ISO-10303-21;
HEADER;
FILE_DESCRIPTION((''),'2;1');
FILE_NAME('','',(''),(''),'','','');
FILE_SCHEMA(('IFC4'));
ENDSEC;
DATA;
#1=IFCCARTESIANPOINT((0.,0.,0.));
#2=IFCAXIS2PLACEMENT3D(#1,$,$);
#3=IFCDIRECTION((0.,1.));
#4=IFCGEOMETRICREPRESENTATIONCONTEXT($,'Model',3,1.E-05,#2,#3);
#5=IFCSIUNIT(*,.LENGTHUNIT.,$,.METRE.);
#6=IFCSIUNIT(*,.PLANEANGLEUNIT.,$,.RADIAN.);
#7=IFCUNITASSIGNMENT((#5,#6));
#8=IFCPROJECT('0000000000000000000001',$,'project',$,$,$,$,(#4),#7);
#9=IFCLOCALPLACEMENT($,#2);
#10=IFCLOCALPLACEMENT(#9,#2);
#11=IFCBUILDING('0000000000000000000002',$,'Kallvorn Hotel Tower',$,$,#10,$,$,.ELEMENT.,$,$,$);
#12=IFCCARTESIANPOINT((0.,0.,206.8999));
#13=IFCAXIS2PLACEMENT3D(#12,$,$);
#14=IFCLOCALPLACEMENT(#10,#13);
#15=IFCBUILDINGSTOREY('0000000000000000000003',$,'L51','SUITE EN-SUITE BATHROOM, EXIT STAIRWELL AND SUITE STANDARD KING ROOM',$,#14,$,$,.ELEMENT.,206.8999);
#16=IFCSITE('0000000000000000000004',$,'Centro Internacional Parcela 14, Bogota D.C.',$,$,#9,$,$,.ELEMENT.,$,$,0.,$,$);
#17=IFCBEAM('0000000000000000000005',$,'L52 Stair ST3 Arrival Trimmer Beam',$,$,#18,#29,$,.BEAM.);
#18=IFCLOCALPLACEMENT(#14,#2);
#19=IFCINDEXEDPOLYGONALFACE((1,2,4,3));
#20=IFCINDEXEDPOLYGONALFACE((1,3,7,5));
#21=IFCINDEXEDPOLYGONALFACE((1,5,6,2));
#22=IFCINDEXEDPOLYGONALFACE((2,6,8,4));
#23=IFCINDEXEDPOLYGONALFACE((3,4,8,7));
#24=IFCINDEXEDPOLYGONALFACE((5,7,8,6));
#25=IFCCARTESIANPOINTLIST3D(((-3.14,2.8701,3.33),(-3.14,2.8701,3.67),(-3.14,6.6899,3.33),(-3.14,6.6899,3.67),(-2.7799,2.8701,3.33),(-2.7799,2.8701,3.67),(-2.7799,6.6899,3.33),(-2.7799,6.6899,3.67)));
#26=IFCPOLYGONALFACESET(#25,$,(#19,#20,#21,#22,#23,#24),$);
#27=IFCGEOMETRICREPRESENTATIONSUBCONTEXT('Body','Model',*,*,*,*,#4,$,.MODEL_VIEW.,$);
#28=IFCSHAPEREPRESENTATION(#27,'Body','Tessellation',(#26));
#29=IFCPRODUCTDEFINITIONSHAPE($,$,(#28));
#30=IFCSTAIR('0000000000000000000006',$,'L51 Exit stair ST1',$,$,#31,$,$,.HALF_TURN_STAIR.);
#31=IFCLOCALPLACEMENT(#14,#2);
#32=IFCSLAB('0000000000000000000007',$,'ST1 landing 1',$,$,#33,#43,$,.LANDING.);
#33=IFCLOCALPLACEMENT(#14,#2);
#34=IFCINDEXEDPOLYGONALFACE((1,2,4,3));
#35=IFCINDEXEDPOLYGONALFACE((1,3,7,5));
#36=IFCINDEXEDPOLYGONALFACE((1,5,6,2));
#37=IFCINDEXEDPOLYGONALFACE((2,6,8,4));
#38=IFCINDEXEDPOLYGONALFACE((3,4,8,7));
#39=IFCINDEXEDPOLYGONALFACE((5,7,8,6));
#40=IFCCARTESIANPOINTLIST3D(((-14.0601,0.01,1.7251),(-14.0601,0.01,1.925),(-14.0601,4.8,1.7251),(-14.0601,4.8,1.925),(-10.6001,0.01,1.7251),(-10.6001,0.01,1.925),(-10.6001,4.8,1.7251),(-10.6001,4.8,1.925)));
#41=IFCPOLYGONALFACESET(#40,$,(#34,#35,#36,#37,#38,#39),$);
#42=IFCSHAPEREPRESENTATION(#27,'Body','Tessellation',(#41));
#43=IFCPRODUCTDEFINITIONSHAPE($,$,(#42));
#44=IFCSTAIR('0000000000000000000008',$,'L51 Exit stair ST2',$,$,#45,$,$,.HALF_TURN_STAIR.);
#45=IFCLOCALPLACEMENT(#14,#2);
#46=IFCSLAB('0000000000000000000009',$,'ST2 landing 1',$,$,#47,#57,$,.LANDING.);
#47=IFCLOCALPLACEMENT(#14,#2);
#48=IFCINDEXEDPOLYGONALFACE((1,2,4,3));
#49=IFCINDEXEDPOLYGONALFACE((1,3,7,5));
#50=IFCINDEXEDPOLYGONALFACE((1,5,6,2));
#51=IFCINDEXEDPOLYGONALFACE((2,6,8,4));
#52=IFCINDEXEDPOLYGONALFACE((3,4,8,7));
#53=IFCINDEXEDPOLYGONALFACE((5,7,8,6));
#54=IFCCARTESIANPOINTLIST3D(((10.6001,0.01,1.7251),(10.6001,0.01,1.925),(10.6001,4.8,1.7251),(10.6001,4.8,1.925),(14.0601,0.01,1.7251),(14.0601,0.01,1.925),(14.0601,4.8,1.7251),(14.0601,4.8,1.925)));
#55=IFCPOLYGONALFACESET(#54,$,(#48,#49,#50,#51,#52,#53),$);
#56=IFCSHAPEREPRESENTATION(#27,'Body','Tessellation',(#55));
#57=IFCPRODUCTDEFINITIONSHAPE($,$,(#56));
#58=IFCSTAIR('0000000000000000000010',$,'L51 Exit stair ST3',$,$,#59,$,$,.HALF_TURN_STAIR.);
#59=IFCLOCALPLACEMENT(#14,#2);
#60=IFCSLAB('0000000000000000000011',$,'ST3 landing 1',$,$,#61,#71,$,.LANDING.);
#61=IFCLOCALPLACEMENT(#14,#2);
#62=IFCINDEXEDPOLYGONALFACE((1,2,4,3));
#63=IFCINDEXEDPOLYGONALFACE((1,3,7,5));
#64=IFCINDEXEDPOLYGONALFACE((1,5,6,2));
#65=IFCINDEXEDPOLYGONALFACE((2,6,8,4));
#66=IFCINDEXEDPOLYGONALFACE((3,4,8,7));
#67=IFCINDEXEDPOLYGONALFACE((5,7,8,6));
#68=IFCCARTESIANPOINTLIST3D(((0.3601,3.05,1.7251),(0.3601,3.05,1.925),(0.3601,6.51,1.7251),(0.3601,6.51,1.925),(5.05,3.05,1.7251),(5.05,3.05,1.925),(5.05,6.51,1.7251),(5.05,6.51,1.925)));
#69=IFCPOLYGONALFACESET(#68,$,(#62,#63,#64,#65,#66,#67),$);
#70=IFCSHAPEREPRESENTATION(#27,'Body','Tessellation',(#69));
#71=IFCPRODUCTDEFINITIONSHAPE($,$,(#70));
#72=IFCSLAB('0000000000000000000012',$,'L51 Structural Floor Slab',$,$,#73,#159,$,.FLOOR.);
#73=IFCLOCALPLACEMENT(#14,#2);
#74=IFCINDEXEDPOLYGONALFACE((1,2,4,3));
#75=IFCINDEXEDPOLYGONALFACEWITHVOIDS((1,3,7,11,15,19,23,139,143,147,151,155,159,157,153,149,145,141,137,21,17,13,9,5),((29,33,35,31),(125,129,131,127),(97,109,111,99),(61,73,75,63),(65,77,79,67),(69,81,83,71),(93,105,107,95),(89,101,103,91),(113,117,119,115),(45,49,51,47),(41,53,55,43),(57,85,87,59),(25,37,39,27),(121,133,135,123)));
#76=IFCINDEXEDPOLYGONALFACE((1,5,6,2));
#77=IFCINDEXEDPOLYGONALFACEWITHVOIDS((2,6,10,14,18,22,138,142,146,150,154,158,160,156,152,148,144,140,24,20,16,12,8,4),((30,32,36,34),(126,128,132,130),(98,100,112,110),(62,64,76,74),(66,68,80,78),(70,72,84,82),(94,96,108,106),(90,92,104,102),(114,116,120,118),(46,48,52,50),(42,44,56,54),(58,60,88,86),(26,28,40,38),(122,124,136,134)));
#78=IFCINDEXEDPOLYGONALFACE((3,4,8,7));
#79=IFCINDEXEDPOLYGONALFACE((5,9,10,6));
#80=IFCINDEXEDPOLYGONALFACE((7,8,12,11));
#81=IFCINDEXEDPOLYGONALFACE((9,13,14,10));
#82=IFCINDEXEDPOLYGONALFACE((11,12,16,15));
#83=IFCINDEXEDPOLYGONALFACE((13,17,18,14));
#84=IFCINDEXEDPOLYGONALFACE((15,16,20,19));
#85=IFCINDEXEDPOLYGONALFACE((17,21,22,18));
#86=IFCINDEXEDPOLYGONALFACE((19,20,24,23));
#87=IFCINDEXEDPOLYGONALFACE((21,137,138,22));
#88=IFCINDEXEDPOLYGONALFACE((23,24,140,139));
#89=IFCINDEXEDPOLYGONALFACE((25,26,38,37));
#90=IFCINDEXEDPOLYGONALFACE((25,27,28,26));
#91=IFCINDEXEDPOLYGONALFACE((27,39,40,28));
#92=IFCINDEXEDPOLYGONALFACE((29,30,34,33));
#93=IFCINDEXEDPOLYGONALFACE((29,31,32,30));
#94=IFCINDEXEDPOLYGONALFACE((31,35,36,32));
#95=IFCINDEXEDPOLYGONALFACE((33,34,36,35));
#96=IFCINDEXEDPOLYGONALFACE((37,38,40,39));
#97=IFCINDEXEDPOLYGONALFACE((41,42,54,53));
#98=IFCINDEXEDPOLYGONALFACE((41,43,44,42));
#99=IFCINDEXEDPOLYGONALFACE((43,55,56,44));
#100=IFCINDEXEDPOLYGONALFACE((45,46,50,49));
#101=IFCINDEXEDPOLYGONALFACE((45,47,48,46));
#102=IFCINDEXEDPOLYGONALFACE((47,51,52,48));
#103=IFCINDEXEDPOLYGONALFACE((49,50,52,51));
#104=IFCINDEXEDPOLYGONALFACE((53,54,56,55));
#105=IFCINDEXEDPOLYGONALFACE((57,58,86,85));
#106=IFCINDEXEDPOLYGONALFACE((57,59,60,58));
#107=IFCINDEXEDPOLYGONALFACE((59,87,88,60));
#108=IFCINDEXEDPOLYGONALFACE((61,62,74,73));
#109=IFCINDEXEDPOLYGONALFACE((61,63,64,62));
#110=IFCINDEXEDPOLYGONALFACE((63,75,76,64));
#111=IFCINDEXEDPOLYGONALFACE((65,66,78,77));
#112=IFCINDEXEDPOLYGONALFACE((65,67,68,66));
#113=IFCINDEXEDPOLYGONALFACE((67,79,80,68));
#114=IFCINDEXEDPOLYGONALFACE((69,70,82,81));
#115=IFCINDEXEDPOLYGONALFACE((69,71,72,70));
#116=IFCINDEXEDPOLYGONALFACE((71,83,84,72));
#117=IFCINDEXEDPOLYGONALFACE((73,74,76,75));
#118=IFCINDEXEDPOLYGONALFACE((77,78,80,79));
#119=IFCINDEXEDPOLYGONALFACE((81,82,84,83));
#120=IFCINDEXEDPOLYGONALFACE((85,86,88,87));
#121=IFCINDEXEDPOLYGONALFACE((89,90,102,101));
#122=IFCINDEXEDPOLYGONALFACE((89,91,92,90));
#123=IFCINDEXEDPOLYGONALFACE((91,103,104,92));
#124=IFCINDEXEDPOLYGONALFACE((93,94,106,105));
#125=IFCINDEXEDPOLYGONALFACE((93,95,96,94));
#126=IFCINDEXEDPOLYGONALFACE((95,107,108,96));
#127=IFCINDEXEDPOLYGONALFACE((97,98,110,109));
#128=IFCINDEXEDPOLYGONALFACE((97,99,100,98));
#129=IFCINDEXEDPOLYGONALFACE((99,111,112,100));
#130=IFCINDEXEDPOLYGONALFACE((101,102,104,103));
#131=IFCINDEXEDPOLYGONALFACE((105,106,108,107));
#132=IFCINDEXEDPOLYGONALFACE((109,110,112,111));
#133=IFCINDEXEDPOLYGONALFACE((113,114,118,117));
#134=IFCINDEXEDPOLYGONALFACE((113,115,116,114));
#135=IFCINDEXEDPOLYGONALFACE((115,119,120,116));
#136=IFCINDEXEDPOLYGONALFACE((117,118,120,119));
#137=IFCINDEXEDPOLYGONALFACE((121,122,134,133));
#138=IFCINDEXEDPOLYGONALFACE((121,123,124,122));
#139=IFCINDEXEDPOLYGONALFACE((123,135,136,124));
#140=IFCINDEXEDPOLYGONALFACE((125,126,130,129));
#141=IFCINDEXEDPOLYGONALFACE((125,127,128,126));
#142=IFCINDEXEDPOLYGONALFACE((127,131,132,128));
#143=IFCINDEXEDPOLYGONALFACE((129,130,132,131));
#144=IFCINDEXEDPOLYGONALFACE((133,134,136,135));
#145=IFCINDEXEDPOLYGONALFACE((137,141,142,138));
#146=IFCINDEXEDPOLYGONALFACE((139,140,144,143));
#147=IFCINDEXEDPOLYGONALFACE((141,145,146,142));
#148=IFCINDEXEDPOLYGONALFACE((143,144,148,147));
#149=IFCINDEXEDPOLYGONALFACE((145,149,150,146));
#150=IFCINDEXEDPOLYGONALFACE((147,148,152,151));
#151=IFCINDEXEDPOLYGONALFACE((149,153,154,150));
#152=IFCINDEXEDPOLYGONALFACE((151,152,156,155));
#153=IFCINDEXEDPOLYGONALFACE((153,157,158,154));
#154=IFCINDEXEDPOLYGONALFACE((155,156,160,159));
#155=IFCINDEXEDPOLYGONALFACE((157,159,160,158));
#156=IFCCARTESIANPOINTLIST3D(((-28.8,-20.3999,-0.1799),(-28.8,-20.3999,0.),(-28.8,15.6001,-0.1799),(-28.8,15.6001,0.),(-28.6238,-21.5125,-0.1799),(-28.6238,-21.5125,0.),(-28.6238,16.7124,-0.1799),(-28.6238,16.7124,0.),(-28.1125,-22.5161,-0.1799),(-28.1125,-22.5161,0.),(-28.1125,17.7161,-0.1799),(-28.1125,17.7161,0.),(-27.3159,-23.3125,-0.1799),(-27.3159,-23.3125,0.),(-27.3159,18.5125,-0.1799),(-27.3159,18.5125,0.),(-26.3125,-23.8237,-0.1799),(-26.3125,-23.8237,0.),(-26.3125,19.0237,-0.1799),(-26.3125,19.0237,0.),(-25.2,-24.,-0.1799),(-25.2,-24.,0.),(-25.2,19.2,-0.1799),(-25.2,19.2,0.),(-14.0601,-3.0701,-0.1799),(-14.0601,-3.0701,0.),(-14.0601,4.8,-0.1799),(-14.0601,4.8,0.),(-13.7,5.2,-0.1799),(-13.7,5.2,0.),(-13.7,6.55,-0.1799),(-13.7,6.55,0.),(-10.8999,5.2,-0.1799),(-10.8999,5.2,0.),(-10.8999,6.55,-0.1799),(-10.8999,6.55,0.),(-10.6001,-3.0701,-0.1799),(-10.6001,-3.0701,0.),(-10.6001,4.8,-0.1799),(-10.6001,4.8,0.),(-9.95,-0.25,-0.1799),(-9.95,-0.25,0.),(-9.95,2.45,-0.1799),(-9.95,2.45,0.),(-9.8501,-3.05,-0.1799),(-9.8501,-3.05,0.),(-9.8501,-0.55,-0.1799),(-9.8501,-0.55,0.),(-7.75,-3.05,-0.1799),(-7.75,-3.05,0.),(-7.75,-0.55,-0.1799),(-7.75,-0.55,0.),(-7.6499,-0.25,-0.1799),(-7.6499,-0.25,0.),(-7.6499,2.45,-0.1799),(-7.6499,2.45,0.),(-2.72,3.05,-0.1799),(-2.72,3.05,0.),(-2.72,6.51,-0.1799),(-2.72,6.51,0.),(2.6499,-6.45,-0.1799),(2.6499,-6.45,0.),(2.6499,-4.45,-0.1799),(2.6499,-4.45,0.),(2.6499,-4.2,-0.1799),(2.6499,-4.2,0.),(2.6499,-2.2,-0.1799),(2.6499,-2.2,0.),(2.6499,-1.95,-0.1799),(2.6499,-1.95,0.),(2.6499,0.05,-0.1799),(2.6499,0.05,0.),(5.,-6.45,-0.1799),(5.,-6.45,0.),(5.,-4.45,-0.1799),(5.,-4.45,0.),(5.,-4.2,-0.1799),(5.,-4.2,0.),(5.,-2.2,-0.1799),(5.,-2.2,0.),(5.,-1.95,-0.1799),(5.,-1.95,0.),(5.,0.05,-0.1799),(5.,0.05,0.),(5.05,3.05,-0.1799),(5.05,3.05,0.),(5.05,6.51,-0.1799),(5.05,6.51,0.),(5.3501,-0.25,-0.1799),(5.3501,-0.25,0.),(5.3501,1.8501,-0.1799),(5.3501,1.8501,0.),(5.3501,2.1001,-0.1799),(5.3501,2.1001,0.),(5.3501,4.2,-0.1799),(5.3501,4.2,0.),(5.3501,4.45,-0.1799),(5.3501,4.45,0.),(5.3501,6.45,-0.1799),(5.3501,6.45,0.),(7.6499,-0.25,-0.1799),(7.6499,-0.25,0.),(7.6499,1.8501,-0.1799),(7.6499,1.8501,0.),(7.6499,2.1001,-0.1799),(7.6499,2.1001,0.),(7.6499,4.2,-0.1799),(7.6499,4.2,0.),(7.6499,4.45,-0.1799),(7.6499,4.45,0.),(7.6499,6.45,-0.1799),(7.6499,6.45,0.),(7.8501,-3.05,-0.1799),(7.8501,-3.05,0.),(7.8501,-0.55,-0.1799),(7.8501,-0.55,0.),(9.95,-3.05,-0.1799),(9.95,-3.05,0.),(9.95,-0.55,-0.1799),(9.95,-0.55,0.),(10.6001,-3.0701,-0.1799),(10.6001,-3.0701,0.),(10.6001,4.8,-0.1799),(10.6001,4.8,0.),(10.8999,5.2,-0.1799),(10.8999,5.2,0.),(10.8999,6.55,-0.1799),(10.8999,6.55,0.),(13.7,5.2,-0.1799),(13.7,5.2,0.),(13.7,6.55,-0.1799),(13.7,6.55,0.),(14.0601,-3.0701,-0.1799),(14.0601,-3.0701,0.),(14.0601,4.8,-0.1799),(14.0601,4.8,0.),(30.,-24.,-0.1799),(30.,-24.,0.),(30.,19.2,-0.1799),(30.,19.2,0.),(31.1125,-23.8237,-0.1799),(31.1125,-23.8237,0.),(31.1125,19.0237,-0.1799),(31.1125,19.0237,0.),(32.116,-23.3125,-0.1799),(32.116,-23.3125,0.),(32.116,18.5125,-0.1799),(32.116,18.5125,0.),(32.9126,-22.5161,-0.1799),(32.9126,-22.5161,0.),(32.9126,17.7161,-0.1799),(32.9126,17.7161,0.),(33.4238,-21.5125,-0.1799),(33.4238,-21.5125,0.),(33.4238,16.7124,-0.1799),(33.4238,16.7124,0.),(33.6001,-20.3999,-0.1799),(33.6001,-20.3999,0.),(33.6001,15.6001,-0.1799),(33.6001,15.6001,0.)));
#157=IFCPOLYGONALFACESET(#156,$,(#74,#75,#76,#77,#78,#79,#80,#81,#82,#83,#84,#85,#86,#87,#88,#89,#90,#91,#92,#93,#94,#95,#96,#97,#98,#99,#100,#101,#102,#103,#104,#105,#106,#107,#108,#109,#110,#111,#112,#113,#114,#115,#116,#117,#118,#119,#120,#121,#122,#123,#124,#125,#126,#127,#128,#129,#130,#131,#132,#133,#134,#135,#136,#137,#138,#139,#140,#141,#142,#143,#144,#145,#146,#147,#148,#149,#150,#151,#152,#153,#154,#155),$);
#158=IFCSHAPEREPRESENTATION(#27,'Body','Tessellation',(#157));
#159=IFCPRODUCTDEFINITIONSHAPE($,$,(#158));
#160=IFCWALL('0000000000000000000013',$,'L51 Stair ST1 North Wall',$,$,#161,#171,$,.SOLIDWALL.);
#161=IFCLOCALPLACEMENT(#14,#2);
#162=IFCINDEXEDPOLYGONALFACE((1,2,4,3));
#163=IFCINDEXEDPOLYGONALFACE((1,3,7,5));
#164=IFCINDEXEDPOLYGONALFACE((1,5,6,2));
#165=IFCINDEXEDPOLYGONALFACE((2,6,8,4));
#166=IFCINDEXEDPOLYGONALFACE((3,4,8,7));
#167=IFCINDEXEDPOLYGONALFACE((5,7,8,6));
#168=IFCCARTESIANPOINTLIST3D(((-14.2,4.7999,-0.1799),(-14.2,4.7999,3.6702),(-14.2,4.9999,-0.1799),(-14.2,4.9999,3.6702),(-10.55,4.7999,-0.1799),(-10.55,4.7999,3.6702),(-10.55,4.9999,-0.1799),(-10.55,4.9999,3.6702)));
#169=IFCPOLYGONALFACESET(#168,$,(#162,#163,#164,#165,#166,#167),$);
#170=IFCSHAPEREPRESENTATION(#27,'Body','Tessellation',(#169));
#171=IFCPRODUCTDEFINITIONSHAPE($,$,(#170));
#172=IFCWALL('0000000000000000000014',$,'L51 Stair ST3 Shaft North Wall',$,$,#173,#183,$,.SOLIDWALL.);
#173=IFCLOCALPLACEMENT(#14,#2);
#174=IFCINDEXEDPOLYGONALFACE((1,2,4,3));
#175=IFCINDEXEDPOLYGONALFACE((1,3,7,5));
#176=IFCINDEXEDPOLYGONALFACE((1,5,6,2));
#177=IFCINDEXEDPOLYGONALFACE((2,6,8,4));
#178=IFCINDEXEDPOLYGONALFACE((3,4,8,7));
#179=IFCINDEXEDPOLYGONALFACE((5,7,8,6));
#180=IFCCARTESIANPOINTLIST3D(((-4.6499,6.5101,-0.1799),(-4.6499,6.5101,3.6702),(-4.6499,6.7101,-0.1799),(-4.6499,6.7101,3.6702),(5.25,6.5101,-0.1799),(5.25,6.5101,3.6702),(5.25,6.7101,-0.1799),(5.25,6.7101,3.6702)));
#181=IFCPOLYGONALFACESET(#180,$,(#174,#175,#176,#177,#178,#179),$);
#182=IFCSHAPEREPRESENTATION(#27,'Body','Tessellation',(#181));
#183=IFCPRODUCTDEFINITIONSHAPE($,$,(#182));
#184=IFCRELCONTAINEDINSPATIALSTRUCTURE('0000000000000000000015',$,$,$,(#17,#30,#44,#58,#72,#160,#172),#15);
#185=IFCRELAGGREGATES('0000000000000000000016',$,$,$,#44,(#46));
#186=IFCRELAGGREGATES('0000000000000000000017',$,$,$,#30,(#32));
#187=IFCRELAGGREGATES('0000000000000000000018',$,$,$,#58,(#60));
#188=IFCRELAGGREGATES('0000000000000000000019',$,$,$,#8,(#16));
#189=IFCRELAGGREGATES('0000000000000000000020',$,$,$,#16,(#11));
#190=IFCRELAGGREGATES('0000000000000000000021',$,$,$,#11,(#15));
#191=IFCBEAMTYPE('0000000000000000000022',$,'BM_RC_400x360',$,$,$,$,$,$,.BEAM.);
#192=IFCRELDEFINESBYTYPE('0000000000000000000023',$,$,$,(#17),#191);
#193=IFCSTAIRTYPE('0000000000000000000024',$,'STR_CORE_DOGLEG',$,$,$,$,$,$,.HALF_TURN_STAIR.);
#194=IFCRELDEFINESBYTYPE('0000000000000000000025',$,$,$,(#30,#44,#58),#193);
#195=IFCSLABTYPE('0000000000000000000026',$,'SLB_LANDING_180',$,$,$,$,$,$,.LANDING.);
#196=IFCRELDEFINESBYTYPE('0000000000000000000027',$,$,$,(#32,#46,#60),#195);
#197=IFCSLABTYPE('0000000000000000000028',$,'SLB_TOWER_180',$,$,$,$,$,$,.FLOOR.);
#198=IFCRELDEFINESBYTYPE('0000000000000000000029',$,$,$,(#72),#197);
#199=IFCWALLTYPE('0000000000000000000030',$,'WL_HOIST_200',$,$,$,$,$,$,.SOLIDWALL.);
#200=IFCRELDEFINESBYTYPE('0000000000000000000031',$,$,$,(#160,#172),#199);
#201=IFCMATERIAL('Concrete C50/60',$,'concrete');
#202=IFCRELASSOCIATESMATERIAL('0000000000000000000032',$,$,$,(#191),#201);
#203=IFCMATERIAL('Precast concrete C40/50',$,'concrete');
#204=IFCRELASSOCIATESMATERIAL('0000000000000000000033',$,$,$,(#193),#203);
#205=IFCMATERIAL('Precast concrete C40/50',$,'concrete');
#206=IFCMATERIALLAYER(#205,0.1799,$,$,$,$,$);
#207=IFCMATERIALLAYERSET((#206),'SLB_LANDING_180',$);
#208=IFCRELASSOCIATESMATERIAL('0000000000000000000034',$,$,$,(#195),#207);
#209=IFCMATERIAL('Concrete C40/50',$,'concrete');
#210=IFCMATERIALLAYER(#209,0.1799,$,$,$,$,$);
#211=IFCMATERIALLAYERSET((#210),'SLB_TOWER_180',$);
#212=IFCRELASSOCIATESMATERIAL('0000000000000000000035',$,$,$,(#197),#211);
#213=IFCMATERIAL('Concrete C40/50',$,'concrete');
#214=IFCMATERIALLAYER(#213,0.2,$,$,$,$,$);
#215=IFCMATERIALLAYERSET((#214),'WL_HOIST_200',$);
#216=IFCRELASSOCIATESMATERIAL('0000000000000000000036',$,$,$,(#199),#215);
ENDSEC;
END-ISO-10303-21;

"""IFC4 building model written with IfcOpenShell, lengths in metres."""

from ifc_helpers import new_model, si_unit, direction, frame, frame_2d, origin, origin_2d, place, context, subcontext, project, spatial, polyline, rectangle, outline, extrude, material, layer, layer_set, material_profile, profile_set, type_object, element, aggregate, save


model = new_model("IFC4")

# Units and contexts
model_context = context("Model", 3, precision=1e-05, world=origin(), true_north=direction((0.0, 1.0)))
body_context = subcontext(model_context, "Body", "Model", "MODEL_VIEW")
ifc_project = project(units=[si_unit("LENGTHUNIT", "METRE"), si_unit("PLANEANGLEUNIT", "RADIAN")], contexts=[model_context])

# Site, building, storey
site_placement = place(None, origin())
site = spatial("IfcSite", under=ifc_project, at=site_placement, Name="Centro Internacional Parcela 14, Bogota D.C.", CompositionType="ELEMENT", RefElevation=0.0)
building_placement = place(site_placement, origin())
building = spatial("IfcBuilding", under=site, at=building_placement, Name="Kallvorn Hotel Tower", CompositionType="ELEMENT")
storey_placement = place(building_placement, frame((0.0, 0.0, 206.8999)))
storey = spatial("IfcBuildingStorey", under=building, at=storey_placement, Name="L51", Description="SUITE EN-SUITE BATHROOM, EXIT STAIRWELL AND SUITE STANDARD KING ROOM", CompositionType="ELEMENT", Elevation=206.8999)

# Beam
ifc_material_1 = material(Name="Concrete C50/60", Category="concrete")
ifc_material_profile = material_profile(ifc_material_1, rectangle(XDim=0.3601, YDim=0.3401, at=origin_2d()), Name="RC 360x340")
ifc_profile_set = profile_set([ifc_material_profile], Name="Concrete C50/60")
beam_type = type_object("IfcBeamType", Name="BM_RC_400x360", PredefinedType="BEAM", material=ifc_profile_set)
beam_placement = place(storey_placement, frame((-2.96, 2.8701, 3.5), z_axis=(0.0, 1.0, 0.0), x_axis=(-1.0, 0.0, 0.0)))
element("IfcBeam", 1, at=beam_placement, inside=storey, type_object=beam_type, Name="L52 Stair ST3 Arrival Trimmer Beam", PredefinedType="BEAM", context=body_context, shape_type="SweptSolid", body=[
    extrude(rectangle(XDim=0.3601, YDim=0.3401, at=origin_2d()), origin(), (0.0, 0.0, 1.0), 3.8198),
])

# Stairs, slabs
ifc_material_2 = material(Name="Precast concrete C40/50", Category="concrete")
stair_type = type_object("IfcStairType", Name="STR_CORE_DOGLEG", PredefinedType="HALF_TURN_STAIR", material=ifc_material_2)
stair_1_placement = place(storey_placement, origin())
stair_1 = element("IfcStair", 2, at=stair_1_placement, inside=storey, type_object=stair_type, Name="L51 Exit stair ST1", PredefinedType="HALF_TURN_STAIR")
ifc_material_3 = material(Name="Precast concrete C40/50", Category="concrete")
ifc_layer_1 = layer(ifc_material_3, 0.1799)
ifc_layer_set_1 = layer_set([ifc_layer_1], Name="SLB_LANDING_180")
slab_type_1 = type_object("IfcSlabType", Name="SLB_LANDING_180", PredefinedType="LANDING", material=ifc_layer_set_1)
slab_1_placement = place(storey_placement, frame((0.0, 0.0, 1.7251)))
slab_1 = element("IfcSlab", 3, at=slab_1_placement, type_object=slab_type_1, Name="ST1 landing 1", PredefinedType="LANDING", context=body_context, shape_type="SweptSolid", body=[
    extrude(outline(polyline([(-10.6001, 0.01), (-10.6001, 4.8), (-14.0601, 4.8), (-14.0601, 0.01), (-10.6001, 0.01)])), origin(), (0.0, 0.0, 1.0), 0.2),
])
stair_2_placement = place(storey_placement, origin())
stair_2 = element("IfcStair", 4, at=stair_2_placement, inside=storey, type_object=stair_type, Name="L51 Exit stair ST2", PredefinedType="HALF_TURN_STAIR")
slab_2_placement = place(storey_placement, frame((0.0, 0.0, 1.7251)))
slab_2 = element("IfcSlab", 5, at=slab_2_placement, type_object=slab_type_1, Name="ST2 landing 1", PredefinedType="LANDING", context=body_context, shape_type="SweptSolid", body=[
    extrude(outline(polyline([(14.0601, 0.01), (14.0601, 4.8), (10.6001, 4.8), (10.6001, 0.01), (14.0601, 0.01)])), origin(), (0.0, 0.0, 1.0), 0.2),
])
aggregate(stair_2, [slab_2])
stair_3_placement = place(storey_placement, origin())
stair_3 = element("IfcStair", 6, at=stair_3_placement, inside=storey, type_object=stair_type, Name="L51 Exit stair ST3", PredefinedType="HALF_TURN_STAIR")
slab_3_placement = place(storey_placement, frame((0.0, 0.0, 1.7251)))
slab_3 = element("IfcSlab", 7, at=slab_3_placement, type_object=slab_type_1, Name="ST3 landing 1", PredefinedType="LANDING", context=body_context, shape_type="SweptSolid", body=[
    extrude(outline(polyline([(0.3601, 3.05), (5.05, 3.05), (5.05, 6.51), (0.3601, 6.51), (0.3601, 3.05)])), origin(), (0.0, 0.0, 1.0), 0.2),
])

# Slab
ifc_material_4 = material(Name="Concrete C40/50", Category="concrete")
ifc_layer_2 = layer(ifc_material_4, 0.1799)
ifc_layer_set_2 = layer_set([ifc_layer_2], Name="SLB_TOWER_180")
slab_type_2 = type_object("IfcSlabType", Name="SLB_TOWER_180", PredefinedType="FLOOR", material=ifc_layer_set_2)
slab_4_placement = place(storey_placement, frame((0.0, 0.0, -0.1799)))
element("IfcSlab", 8, at=slab_4_placement, inside=storey, type_object=slab_type_2, Name="L51 Structural Floor Slab", PredefinedType="FLOOR", context=body_context, shape_type="SweptSolid", body=[
    extrude(outline(polyline([(30.0, -24.0), (31.1125, -23.8237), (32.116, -23.3125), (32.9126, -22.5161), (33.4238, -21.5125), (33.6001, -20.3999), (33.6001, 15.6001), (33.4238, 16.7124), (32.9126, 17.7161), (32.116, 18.5125), (31.1125, 19.0237), (30.0, 19.2), (-25.2, 19.2), (-26.3125, 19.0237), (-27.3159, 18.5125), (-28.1125, 17.7161), (-28.6238, 16.7124), (-28.8, 15.6001), (-28.8, -20.3999), (-28.6238, -21.5125), (-28.1125, -22.5161), (-27.3159, -23.3125), (-26.3125, -23.8237), (-25.2, -24.0), (30.0, -24.0)]), holes=[polyline([(-10.6001, -3.0701), (-10.6001, 4.8), (-14.0601, 4.8), (-14.0601, -3.0701), (-10.6001, -3.0701)]), polyline([(14.0601, -3.0701), (14.0601, 4.8), (10.6001, 4.8), (10.6001, -3.0701), (14.0601, -3.0701)]), polyline([(-2.72, 3.05), (5.05, 3.05), (5.05, 6.51), (-2.72, 6.51), (-2.72, 3.05)]), polyline([(2.6499, -6.45), (5.0, -6.45), (5.0, -4.45), (2.6499, -4.45), (2.6499, -6.45)]), polyline([(2.6499, -4.2), (5.0, -4.2), (5.0, -2.2), (2.6499, -2.2), (2.6499, -4.2)]), polyline([(2.6499, -1.95), (5.0, -1.95), (5.0, 0.05), (2.6499, 0.05), (2.6499, -1.95)]), polyline([(5.3501, -0.25), (7.6499, -0.25), (7.6499, 1.8501), (5.3501, 1.8501), (5.3501, -0.25)]), polyline([(5.3501, 2.1001), (7.6499, 2.1001), (7.6499, 4.2), (5.3501, 4.2), (5.3501, 2.1001)]), polyline([(5.3501, 4.45), (7.6499, 4.45), (7.6499, 6.45), (5.3501, 6.45), (5.3501, 4.45)]), polyline([(-9.8501, -3.05), (-7.75, -3.05), (-7.75, -0.55), (-9.8501, -0.55), (-9.8501, -3.05)]), polyline([(7.8501, -3.05), (9.95, -3.05), (9.95, -0.55), (7.8501, -0.55), (7.8501, -3.05)]), polyline([(-9.95, -0.25), (-7.6499, -0.25), (-7.6499, 2.45), (-9.95, 2.45), (-9.95, -0.25)]), polyline([(-13.7, 5.2), (-10.8999, 5.2), (-10.8999, 6.55), (-13.7, 6.55), (-13.7, 5.2)]), polyline([(10.8999, 5.2), (13.7, 5.2), (13.7, 6.55), (10.8999, 6.55), (10.8999, 5.2)])]), origin(), (0.0, 0.0, 1.0), 0.1799),
])

# Walls
ifc_material_5 = material(Name="Concrete C40/50", Category="concrete")
ifc_layer_3 = layer(ifc_material_5, 0.2)
ifc_layer_set_3 = layer_set([ifc_layer_3], Name="WL_HOIST_200")
wall_type_1 = type_object("IfcWallType", Name="WL_HOIST_200", PredefinedType="SOLIDWALL", material=ifc_layer_set_3)
wall_1_placement = place(storey_placement, frame((-14.2, 4.8999, -0.1799), z_axis=(0.0, 0.0, 1.0), x_axis=(1.0, 0.0, 0.0)))
element("IfcWall", 9, at=wall_1_placement, inside=storey, type_object=wall_type_1, Name="L51 Stair ST1 North Wall", PredefinedType="SOLIDWALL", context=body_context, shape_type="SweptSolid", body=[
    extrude(rectangle(XDim=3.6499, YDim=0.2, at=frame_2d((1.825, 0.0))), origin(), (0.0, 0.0, 1.0), 3.8501),
])
wall_2_placement = place(storey_placement, frame((-4.6499, 6.6101, -0.1799), z_axis=(0.0, 0.0, 1.0), x_axis=(1.0, 0.0, 0.0)))
element("IfcWall", 10, at=wall_2_placement, inside=storey, type_object=wall_type_1, Name="L51 Stair ST3 Shaft North Wall", PredefinedType="SOLIDWALL", context=body_context, shape_type="SweptSolid", body=[
    extrude(rectangle(XDim=9.8999, YDim=0.2, at=frame_2d((4.95, 0.0))), origin(), (0.0, 0.0, 1.0), 3.8501),
])

aggregate(stair_1, [slab_1])
aggregate(stair_3, [slab_3])

save(model, "model.ifc")
